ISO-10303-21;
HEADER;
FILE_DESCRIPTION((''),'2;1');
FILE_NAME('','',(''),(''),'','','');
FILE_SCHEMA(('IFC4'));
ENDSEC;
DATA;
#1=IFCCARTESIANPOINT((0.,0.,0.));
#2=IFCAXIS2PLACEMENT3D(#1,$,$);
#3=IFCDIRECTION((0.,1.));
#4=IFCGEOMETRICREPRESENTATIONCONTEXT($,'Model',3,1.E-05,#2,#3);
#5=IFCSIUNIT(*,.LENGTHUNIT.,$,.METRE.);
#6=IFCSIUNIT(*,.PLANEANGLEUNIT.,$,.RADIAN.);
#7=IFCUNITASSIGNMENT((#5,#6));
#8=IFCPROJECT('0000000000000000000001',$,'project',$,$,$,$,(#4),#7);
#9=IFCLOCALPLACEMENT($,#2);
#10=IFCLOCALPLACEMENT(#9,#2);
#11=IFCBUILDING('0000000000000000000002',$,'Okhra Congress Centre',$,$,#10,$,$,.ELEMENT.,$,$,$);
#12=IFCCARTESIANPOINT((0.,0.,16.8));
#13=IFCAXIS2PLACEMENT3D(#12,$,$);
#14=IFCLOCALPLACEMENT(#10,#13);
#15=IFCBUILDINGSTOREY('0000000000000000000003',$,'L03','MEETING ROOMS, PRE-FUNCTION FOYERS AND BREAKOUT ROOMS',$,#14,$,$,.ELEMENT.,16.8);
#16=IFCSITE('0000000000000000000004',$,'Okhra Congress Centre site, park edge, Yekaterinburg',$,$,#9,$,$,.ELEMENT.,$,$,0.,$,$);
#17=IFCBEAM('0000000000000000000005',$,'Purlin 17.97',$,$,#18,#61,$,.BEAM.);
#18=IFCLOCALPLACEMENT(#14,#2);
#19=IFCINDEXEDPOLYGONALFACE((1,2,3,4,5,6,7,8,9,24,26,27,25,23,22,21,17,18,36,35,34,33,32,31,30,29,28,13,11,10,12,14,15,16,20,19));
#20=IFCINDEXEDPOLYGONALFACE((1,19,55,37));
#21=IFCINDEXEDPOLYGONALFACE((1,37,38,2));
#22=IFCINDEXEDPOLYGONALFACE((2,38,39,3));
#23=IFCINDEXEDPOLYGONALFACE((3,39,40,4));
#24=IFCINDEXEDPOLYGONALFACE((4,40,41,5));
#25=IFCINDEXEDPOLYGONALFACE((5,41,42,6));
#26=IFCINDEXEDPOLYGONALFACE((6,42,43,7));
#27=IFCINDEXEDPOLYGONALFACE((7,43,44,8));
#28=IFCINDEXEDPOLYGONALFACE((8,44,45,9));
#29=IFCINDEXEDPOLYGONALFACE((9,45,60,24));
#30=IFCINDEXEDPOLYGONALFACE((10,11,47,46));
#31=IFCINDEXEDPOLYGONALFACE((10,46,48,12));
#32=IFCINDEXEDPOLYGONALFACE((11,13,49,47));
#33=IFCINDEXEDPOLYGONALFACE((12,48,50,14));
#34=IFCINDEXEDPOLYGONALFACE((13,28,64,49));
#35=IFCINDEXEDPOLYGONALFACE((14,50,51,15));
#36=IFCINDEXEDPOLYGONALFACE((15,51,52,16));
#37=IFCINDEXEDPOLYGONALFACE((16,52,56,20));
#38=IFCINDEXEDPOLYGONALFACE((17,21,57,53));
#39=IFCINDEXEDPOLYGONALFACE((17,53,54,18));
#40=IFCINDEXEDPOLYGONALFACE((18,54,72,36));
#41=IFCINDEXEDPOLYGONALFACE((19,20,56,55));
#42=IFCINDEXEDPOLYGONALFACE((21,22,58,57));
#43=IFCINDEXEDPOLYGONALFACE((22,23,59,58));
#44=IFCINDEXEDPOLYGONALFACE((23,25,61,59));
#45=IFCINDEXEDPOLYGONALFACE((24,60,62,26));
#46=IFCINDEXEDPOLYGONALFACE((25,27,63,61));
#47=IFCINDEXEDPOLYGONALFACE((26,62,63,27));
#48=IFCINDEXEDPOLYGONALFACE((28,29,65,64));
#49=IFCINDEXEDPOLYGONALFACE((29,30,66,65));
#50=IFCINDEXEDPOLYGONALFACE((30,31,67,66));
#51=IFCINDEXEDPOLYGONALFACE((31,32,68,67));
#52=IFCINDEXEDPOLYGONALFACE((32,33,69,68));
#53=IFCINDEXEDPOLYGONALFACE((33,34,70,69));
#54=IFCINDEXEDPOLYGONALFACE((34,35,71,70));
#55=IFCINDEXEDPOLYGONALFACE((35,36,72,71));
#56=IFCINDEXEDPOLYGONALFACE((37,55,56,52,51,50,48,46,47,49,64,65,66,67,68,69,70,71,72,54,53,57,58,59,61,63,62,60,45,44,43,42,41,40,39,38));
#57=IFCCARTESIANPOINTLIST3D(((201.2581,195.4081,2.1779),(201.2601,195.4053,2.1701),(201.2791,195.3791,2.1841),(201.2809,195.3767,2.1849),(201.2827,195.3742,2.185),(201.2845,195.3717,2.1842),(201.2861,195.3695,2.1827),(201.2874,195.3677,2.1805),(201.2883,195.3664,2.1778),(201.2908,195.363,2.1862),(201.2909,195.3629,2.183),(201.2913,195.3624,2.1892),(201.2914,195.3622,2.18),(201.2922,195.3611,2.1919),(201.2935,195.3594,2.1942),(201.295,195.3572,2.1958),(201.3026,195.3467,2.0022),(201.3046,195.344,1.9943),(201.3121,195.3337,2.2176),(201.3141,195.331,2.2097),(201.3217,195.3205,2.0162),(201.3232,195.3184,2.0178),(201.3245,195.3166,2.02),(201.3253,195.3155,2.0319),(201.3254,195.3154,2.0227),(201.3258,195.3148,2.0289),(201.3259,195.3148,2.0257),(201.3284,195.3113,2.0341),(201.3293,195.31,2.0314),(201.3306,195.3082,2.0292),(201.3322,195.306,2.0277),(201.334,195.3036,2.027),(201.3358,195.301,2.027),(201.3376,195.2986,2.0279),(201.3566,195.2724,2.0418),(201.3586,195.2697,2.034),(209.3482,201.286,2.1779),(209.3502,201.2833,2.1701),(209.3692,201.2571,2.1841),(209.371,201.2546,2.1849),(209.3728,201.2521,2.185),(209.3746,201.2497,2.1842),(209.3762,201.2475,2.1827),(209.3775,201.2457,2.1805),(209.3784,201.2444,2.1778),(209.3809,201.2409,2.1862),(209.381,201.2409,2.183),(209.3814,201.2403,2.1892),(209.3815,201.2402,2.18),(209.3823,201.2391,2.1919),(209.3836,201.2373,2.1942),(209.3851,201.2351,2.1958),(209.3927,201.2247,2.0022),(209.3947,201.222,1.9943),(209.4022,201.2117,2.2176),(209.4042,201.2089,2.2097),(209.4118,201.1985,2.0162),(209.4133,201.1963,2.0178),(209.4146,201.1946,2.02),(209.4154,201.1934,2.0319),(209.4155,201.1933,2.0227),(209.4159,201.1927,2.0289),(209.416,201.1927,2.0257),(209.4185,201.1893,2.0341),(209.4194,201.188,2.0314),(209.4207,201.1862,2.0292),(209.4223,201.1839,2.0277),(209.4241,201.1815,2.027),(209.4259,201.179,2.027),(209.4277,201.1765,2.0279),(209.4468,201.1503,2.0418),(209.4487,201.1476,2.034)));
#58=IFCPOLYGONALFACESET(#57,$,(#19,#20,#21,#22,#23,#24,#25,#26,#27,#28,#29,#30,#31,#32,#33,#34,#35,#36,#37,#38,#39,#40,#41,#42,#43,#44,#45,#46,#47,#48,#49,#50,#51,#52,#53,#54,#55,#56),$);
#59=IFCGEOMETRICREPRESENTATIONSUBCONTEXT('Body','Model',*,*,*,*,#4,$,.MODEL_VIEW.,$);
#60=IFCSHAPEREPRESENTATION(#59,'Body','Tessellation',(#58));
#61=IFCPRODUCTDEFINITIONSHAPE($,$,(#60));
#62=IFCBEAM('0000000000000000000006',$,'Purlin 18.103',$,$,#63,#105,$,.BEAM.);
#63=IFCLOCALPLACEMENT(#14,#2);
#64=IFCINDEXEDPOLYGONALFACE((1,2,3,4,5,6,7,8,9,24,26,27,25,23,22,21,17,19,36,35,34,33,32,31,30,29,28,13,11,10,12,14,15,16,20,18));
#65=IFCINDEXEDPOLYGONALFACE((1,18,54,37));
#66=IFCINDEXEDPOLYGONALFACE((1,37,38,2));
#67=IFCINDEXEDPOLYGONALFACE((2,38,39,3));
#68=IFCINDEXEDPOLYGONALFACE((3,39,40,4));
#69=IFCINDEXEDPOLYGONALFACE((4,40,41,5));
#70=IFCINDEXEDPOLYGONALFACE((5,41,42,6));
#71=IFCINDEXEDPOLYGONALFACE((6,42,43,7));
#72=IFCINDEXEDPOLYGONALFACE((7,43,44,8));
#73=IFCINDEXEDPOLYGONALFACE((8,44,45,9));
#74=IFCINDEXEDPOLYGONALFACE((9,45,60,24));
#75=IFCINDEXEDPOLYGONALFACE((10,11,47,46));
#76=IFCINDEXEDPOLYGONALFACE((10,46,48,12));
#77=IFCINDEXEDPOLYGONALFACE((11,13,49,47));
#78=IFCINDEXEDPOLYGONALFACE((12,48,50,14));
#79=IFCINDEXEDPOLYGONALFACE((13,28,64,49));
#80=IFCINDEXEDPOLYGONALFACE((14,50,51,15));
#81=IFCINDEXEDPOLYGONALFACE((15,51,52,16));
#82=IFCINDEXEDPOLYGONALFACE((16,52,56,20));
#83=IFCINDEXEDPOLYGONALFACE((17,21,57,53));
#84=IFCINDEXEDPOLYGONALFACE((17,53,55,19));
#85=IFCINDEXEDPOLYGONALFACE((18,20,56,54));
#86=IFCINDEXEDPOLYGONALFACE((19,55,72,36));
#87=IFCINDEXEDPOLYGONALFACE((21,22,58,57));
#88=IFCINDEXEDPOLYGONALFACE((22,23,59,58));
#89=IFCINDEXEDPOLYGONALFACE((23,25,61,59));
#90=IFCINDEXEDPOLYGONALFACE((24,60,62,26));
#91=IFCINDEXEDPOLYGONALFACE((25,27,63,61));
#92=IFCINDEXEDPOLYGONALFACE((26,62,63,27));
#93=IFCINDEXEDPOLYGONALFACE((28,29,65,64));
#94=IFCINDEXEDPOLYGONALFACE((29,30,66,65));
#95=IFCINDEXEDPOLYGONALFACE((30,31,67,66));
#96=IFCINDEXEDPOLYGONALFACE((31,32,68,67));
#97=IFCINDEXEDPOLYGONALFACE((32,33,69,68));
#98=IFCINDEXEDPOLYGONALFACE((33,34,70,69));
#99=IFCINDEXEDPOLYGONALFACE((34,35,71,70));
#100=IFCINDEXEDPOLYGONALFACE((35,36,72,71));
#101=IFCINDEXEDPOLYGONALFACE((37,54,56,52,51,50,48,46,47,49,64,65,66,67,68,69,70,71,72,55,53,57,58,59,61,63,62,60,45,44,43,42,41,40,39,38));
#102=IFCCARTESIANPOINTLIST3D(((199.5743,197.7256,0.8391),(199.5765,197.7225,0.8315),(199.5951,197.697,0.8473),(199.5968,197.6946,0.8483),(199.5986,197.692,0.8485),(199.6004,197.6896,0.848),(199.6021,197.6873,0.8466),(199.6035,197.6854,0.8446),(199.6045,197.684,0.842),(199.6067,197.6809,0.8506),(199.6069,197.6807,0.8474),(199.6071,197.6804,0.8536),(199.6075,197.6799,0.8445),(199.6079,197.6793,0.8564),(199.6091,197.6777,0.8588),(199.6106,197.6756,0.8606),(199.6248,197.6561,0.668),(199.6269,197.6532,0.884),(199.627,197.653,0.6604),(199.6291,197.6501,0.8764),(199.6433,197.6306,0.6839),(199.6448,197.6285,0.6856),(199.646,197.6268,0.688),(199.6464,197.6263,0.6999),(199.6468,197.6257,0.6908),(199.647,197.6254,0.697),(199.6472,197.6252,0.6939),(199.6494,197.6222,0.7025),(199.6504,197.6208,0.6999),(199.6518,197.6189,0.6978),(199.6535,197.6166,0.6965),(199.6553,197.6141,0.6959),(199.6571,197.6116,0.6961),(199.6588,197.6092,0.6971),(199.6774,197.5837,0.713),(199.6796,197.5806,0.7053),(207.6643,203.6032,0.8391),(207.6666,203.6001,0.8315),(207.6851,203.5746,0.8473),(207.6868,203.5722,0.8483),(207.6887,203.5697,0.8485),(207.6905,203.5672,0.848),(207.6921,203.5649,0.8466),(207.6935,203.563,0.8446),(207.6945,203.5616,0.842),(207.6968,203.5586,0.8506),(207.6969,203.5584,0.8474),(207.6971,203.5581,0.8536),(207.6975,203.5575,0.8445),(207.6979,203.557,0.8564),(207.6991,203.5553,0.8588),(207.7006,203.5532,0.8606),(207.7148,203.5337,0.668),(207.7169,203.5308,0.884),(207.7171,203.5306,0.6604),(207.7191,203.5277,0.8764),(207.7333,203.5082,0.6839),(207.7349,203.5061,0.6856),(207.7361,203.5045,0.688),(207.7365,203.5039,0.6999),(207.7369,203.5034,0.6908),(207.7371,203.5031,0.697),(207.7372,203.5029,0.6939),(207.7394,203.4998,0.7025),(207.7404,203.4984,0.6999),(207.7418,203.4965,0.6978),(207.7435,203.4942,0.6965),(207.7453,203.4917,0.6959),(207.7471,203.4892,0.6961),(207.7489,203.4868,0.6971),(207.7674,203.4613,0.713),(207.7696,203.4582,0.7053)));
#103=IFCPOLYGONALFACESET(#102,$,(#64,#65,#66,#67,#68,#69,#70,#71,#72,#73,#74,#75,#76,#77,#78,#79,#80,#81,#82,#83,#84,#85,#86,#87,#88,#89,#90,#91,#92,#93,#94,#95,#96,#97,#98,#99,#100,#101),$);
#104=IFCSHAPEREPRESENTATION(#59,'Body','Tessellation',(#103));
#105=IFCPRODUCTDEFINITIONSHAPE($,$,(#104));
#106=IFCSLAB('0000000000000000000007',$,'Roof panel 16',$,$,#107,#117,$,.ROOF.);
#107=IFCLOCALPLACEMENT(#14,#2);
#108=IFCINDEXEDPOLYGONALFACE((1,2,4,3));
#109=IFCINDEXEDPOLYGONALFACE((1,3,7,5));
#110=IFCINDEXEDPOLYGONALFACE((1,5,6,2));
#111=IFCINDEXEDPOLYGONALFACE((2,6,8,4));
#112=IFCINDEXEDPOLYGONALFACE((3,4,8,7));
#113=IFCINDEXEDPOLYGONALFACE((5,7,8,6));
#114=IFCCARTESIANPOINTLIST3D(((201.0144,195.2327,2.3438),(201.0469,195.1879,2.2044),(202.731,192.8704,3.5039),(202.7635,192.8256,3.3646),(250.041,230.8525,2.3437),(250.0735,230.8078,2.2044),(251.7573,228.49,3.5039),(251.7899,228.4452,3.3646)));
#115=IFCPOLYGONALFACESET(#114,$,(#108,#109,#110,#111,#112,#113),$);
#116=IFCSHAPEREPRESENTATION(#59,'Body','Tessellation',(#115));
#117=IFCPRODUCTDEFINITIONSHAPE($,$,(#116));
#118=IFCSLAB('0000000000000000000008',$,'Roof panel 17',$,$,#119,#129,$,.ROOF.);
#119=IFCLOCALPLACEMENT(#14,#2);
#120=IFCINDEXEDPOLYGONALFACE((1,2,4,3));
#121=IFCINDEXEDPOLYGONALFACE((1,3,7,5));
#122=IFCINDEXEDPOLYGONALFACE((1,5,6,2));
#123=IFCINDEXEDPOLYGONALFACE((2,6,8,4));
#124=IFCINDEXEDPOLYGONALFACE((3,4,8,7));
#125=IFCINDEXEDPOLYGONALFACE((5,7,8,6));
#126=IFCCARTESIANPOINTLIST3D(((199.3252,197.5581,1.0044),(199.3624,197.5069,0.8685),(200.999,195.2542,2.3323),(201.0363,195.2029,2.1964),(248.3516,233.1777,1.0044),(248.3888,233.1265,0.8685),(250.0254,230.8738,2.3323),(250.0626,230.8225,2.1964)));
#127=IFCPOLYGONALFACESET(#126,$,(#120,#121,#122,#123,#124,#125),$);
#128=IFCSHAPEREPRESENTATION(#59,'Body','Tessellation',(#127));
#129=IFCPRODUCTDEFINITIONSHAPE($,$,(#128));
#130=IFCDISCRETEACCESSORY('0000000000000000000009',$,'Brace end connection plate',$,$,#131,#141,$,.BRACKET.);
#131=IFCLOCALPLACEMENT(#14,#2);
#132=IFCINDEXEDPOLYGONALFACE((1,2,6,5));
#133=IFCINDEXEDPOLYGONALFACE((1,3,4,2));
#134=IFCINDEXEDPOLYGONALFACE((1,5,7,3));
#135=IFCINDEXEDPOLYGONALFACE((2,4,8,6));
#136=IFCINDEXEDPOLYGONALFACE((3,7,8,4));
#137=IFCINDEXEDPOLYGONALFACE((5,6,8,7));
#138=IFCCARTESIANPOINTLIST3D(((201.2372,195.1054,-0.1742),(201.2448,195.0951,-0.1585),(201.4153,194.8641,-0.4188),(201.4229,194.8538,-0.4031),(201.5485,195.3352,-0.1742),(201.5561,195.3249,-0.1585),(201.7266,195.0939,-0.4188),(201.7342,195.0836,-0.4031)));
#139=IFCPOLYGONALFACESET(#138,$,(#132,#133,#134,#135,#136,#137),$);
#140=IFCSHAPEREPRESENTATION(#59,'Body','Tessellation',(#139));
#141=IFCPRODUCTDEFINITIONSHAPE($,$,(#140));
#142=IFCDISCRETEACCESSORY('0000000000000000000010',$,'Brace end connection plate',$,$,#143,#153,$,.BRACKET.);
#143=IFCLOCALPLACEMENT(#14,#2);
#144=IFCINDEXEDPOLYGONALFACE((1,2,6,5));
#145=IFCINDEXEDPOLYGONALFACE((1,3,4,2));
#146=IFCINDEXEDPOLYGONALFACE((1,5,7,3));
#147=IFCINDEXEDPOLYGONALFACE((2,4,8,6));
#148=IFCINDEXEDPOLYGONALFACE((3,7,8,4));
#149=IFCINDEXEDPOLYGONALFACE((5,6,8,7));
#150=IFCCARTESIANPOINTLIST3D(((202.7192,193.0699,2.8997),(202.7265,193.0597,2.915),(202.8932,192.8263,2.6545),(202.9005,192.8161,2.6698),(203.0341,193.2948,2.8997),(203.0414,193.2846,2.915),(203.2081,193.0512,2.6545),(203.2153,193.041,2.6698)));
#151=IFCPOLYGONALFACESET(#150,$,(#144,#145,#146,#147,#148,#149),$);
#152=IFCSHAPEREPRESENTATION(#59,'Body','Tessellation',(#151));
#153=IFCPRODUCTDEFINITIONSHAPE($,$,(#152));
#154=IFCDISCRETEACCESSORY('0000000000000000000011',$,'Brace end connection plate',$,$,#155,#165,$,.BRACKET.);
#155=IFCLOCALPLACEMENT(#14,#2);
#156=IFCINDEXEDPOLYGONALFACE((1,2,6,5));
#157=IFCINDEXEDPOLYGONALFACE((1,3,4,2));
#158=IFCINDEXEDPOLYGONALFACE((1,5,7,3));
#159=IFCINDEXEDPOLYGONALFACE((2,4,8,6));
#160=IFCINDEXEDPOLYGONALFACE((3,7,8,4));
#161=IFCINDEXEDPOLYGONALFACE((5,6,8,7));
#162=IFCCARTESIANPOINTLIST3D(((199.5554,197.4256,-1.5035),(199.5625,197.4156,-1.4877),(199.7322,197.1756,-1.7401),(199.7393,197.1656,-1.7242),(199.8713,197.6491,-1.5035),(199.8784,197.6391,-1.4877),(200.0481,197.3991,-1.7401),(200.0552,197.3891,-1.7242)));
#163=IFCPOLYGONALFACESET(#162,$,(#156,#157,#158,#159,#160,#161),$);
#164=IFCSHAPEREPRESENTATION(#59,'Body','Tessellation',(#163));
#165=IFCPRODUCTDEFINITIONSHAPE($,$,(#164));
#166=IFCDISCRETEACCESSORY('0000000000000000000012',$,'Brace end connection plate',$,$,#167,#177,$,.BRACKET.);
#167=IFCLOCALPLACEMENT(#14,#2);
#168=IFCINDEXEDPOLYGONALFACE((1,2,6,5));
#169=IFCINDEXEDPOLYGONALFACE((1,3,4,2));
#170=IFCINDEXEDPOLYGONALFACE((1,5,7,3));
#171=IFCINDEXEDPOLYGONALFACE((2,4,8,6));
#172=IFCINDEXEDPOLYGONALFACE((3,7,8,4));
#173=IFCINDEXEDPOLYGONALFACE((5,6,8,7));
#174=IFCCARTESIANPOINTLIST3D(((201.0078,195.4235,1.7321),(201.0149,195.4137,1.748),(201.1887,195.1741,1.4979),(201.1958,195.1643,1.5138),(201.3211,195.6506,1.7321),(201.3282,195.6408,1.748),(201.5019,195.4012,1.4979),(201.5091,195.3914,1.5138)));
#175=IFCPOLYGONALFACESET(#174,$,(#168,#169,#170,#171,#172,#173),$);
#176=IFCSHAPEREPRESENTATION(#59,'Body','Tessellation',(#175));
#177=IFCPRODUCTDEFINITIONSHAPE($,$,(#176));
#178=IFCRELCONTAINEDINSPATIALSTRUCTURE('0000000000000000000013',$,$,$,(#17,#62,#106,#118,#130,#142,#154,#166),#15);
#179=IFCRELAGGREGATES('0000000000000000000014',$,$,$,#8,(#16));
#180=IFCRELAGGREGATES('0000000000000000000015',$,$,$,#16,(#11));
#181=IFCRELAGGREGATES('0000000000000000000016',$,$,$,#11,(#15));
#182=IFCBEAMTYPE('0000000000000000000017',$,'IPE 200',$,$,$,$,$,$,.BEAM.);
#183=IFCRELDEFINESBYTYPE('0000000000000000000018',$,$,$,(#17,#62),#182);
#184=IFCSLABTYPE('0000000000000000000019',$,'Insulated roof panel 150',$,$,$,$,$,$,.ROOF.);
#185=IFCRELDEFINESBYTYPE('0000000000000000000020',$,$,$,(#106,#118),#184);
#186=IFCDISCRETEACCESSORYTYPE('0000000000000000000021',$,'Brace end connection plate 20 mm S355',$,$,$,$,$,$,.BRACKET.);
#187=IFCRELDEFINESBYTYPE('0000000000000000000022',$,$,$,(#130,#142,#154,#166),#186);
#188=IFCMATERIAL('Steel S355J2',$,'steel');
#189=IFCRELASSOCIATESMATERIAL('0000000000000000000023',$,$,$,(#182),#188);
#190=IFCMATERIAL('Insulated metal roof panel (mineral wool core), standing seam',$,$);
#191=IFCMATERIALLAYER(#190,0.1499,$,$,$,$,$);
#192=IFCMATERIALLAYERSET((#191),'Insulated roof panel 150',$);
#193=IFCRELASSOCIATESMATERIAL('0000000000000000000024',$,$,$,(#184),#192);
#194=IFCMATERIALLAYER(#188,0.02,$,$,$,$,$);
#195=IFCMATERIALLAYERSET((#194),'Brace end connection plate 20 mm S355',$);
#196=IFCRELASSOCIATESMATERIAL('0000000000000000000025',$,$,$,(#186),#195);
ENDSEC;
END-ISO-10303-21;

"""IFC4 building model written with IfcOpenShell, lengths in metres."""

from ifc_helpers import new_model, si_unit, direction, frame, origin, origin_2d, place, context, subcontext, project, spatial, polyline, rectangle, i_section, outline, extrude, material, layer, layer_set, material_profile, profile_set, type_object, element, save


model = new_model("IFC4")

# Units and contexts
model_context = context("Model", 3, precision=1e-05, world=origin(), true_north=direction((0.0, 1.0)))
body_context = subcontext(model_context, "Body", "Model", "MODEL_VIEW")
ifc_project = project(units=[si_unit("LENGTHUNIT", "METRE"), si_unit("PLANEANGLEUNIT", "RADIAN")], contexts=[model_context])

# Site, building, storey
site_placement = place(None, origin())
site = spatial("IfcSite", under=ifc_project, at=site_placement, Name="Okhra Congress Centre site, park edge, Yekaterinburg", CompositionType="ELEMENT", RefElevation=0.0)
building_placement = place(site_placement, origin())
building = spatial("IfcBuilding", under=site, at=building_placement, Name="Okhra Congress Centre", CompositionType="ELEMENT")
storey_placement = place(building_placement, frame((0.0, 0.0, 16.8)))
storey = spatial("IfcBuildingStorey", under=building, at=storey_placement, Name="L03", Description="MEETING ROOMS, PRE-FUNCTION FOYERS AND BREAKOUT ROOMS", CompositionType="ELEMENT", Elevation=16.8)

# Beams
ifc_material_1 = material(Name="Steel S355J2", Category="steel")
ifc_material_profile_1 = material_profile(ifc_material_1, i_section(OverallWidth=0.1001, OverallDepth=0.2, WebThickness=0.0056, FlangeThickness=0.0085, FilletRadius=0.012, at=origin_2d()), Name="IPE 200")
ifc_profile_set_1 = profile_set([ifc_material_profile_1], Name="Steel S355J2")
beam_type = type_object("IfcBeamType", Name="IPE 200", PredefinedType="BEAM", material=ifc_profile_set_1)
for number, where, z_axis, x_axis, name in (
    (1, (201.3083, 195.3389, 2.106), (0.80901, 0.587794, 0.0), (-0.539722, 0.742846, -0.39608), "Purlin 17.97"),
):
    element("IfcBeam", number, at=place(storey_placement, frame(where, z_axis=z_axis, x_axis=x_axis)), inside=storey, type_object=beam_type, Name=name, PredefinedType="BEAM", context=body_context, shape_type="SweptSolid", body=[
        extrude(i_section(OverallWidth=0.1001, OverallDepth=0.2, WebThickness=0.0056, FlangeThickness=0.0085, FilletRadius=0.012, at=origin_2d()), origin(), (0.0, 0.0, 1.0), 10.0),
    ])
beam_placement = place(storey_placement, frame((199.627, 197.6531, 0.7722), z_axis=(0.809022, 0.587778, 0.0), x_axis=(-0.525258, 0.722969, -0.448799)))
element("IfcBeam", 2, at=beam_placement, inside=storey, type_object=beam_type, Name="Purlin 18.103", PredefinedType="BEAM", context=body_context, shape_type="SweptSolid", body=[
    extrude(i_section(OverallWidth=0.1001, OverallDepth=0.2, WebThickness=0.0056, FlangeThickness=0.0085, FilletRadius=0.012, at=origin_2d()), origin(), (0.0, 0.0, 1.0), 9.9998),
])

# Slabs
ifc_material_2 = material(Name="Insulated metal roof panel (mineral wool core), standing seam")
ifc_layer_1 = layer(ifc_material_2, 0.1499)
ifc_layer_set_1 = layer_set([ifc_layer_1], Name="Insulated roof panel 150")
slab_type = type_object("IfcSlabType", Name="Insulated roof panel 150", PredefinedType="ROOF", material=ifc_layer_set_1)
slab_1_placement = place(storey_placement, frame((202.731, 192.8704, 3.5039), z_axis=(-0.217023, 0.298708, 0.929341), x_axis=(0.809018, 0.587784, 0.0)))
element("IfcSlab", 3, at=slab_1_placement, inside=storey, type_object=slab_type, Name="Roof panel 16", PredefinedType="ROOF", context=body_context, shape_type="SweptSolid", body=[
    extrude(outline(polyline([(0.0, 0.0), (60.5999, 0.0), (60.6, 3.1422), (-0.0002, 3.1421), (0.0, 0.0)])), origin(), (0.0, 0.0, -1.0), 0.1499),
])
slab_2_placement = place(storey_placement, frame((200.999, 195.2542, 2.3323), z_axis=(-0.248398, 0.341892, 0.906316), x_axis=(0.809018, 0.587784, 0.0)))
element("IfcSlab", 4, at=slab_2_placement, inside=storey, type_object=slab_type, Name="Roof panel 17", PredefinedType="ROOF", context=body_context, shape_type="SweptSolid", body=[
    extrude(outline(polyline([(0.0, 0.0), (60.5999, 0.0), (60.5999, 3.1422), (0.0001, 3.1422), (0.0, 0.0)])), origin(), (0.0, 0.0, -1.0), 0.1499),
])

# Discrete accessories
ifc_layer_2 = layer(ifc_material_1, 0.02)
ifc_layer_set_2 = layer_set([ifc_layer_2], Name="Brace end connection plate 20 mm S355")
discrete_accessory_type = type_object("IfcDiscreteAccessoryType", Name="Brace end connection plate 20 mm S355", PredefinedType="BRACKET", material=ifc_layer_set_2)
discrete_accessory_1_placement = place(storey_placement, frame((201.4895, 195.0894, -0.2808), z_axis=(-0.375351, 0.50854, -0.774918), x_axis=(-0.804574, -0.593852, 0.0)))
element("IfcDiscreteAccessory", 5, at=discrete_accessory_1_placement, inside=storey, type_object=discrete_accessory_type, Name="Brace end connection plate", PredefinedType="BRACKET", context=body_context, shape_type="SweptSolid", body=[
    extrude(rectangle(XDim=0.387, YDim=0.387, at=origin_2d()), origin(), (0.0, 0.0, 1.0), 0.0203),
])
discrete_accessory_2_placement = place(storey_placement, frame((202.9636, 193.0605, 2.7771), z_axis=(0.368355, -0.515697, 0.773545), x_axis=(0.813733, 0.581238, 0.0)))
element("IfcDiscreteAccessory", 6, at=discrete_accessory_2_placement, inside=storey, type_object=discrete_accessory_type, Name="Brace end connection plate", PredefinedType="BRACKET", context=body_context, shape_type="SweptSolid", body=[
    extrude(rectangle(XDim=0.387, YDim=0.387, at=origin_2d()), origin(), (0.0, 0.0, 1.0), 0.0198),
])
for number, where, z_axis, x_axis, name in (
    (7, (199.8088, 197.4023, -1.606), (-0.353055, 0.499147, -0.791331), (-0.816416, -0.577465, 0.0), "Brace end connection plate"),
    (8, (201.2549, 195.4124, 1.615), (0.355194, -0.489922, 0.796124), (0.80961, 0.586968, 0.0), "Brace end connection plate"),
):
    element("IfcDiscreteAccessory", number, at=place(storey_placement, frame(where, z_axis=z_axis, x_axis=x_axis)), inside=storey, type_object=discrete_accessory_type, Name=name, PredefinedType="BRACKET", context=body_context, shape_type="SweptSolid", body=[
        extrude(rectangle(XDim=0.387, YDim=0.387, at=origin_2d()), origin(), (0.0, 0.0, 1.0), 0.02),
    ])

save(model, "model.ifc")
